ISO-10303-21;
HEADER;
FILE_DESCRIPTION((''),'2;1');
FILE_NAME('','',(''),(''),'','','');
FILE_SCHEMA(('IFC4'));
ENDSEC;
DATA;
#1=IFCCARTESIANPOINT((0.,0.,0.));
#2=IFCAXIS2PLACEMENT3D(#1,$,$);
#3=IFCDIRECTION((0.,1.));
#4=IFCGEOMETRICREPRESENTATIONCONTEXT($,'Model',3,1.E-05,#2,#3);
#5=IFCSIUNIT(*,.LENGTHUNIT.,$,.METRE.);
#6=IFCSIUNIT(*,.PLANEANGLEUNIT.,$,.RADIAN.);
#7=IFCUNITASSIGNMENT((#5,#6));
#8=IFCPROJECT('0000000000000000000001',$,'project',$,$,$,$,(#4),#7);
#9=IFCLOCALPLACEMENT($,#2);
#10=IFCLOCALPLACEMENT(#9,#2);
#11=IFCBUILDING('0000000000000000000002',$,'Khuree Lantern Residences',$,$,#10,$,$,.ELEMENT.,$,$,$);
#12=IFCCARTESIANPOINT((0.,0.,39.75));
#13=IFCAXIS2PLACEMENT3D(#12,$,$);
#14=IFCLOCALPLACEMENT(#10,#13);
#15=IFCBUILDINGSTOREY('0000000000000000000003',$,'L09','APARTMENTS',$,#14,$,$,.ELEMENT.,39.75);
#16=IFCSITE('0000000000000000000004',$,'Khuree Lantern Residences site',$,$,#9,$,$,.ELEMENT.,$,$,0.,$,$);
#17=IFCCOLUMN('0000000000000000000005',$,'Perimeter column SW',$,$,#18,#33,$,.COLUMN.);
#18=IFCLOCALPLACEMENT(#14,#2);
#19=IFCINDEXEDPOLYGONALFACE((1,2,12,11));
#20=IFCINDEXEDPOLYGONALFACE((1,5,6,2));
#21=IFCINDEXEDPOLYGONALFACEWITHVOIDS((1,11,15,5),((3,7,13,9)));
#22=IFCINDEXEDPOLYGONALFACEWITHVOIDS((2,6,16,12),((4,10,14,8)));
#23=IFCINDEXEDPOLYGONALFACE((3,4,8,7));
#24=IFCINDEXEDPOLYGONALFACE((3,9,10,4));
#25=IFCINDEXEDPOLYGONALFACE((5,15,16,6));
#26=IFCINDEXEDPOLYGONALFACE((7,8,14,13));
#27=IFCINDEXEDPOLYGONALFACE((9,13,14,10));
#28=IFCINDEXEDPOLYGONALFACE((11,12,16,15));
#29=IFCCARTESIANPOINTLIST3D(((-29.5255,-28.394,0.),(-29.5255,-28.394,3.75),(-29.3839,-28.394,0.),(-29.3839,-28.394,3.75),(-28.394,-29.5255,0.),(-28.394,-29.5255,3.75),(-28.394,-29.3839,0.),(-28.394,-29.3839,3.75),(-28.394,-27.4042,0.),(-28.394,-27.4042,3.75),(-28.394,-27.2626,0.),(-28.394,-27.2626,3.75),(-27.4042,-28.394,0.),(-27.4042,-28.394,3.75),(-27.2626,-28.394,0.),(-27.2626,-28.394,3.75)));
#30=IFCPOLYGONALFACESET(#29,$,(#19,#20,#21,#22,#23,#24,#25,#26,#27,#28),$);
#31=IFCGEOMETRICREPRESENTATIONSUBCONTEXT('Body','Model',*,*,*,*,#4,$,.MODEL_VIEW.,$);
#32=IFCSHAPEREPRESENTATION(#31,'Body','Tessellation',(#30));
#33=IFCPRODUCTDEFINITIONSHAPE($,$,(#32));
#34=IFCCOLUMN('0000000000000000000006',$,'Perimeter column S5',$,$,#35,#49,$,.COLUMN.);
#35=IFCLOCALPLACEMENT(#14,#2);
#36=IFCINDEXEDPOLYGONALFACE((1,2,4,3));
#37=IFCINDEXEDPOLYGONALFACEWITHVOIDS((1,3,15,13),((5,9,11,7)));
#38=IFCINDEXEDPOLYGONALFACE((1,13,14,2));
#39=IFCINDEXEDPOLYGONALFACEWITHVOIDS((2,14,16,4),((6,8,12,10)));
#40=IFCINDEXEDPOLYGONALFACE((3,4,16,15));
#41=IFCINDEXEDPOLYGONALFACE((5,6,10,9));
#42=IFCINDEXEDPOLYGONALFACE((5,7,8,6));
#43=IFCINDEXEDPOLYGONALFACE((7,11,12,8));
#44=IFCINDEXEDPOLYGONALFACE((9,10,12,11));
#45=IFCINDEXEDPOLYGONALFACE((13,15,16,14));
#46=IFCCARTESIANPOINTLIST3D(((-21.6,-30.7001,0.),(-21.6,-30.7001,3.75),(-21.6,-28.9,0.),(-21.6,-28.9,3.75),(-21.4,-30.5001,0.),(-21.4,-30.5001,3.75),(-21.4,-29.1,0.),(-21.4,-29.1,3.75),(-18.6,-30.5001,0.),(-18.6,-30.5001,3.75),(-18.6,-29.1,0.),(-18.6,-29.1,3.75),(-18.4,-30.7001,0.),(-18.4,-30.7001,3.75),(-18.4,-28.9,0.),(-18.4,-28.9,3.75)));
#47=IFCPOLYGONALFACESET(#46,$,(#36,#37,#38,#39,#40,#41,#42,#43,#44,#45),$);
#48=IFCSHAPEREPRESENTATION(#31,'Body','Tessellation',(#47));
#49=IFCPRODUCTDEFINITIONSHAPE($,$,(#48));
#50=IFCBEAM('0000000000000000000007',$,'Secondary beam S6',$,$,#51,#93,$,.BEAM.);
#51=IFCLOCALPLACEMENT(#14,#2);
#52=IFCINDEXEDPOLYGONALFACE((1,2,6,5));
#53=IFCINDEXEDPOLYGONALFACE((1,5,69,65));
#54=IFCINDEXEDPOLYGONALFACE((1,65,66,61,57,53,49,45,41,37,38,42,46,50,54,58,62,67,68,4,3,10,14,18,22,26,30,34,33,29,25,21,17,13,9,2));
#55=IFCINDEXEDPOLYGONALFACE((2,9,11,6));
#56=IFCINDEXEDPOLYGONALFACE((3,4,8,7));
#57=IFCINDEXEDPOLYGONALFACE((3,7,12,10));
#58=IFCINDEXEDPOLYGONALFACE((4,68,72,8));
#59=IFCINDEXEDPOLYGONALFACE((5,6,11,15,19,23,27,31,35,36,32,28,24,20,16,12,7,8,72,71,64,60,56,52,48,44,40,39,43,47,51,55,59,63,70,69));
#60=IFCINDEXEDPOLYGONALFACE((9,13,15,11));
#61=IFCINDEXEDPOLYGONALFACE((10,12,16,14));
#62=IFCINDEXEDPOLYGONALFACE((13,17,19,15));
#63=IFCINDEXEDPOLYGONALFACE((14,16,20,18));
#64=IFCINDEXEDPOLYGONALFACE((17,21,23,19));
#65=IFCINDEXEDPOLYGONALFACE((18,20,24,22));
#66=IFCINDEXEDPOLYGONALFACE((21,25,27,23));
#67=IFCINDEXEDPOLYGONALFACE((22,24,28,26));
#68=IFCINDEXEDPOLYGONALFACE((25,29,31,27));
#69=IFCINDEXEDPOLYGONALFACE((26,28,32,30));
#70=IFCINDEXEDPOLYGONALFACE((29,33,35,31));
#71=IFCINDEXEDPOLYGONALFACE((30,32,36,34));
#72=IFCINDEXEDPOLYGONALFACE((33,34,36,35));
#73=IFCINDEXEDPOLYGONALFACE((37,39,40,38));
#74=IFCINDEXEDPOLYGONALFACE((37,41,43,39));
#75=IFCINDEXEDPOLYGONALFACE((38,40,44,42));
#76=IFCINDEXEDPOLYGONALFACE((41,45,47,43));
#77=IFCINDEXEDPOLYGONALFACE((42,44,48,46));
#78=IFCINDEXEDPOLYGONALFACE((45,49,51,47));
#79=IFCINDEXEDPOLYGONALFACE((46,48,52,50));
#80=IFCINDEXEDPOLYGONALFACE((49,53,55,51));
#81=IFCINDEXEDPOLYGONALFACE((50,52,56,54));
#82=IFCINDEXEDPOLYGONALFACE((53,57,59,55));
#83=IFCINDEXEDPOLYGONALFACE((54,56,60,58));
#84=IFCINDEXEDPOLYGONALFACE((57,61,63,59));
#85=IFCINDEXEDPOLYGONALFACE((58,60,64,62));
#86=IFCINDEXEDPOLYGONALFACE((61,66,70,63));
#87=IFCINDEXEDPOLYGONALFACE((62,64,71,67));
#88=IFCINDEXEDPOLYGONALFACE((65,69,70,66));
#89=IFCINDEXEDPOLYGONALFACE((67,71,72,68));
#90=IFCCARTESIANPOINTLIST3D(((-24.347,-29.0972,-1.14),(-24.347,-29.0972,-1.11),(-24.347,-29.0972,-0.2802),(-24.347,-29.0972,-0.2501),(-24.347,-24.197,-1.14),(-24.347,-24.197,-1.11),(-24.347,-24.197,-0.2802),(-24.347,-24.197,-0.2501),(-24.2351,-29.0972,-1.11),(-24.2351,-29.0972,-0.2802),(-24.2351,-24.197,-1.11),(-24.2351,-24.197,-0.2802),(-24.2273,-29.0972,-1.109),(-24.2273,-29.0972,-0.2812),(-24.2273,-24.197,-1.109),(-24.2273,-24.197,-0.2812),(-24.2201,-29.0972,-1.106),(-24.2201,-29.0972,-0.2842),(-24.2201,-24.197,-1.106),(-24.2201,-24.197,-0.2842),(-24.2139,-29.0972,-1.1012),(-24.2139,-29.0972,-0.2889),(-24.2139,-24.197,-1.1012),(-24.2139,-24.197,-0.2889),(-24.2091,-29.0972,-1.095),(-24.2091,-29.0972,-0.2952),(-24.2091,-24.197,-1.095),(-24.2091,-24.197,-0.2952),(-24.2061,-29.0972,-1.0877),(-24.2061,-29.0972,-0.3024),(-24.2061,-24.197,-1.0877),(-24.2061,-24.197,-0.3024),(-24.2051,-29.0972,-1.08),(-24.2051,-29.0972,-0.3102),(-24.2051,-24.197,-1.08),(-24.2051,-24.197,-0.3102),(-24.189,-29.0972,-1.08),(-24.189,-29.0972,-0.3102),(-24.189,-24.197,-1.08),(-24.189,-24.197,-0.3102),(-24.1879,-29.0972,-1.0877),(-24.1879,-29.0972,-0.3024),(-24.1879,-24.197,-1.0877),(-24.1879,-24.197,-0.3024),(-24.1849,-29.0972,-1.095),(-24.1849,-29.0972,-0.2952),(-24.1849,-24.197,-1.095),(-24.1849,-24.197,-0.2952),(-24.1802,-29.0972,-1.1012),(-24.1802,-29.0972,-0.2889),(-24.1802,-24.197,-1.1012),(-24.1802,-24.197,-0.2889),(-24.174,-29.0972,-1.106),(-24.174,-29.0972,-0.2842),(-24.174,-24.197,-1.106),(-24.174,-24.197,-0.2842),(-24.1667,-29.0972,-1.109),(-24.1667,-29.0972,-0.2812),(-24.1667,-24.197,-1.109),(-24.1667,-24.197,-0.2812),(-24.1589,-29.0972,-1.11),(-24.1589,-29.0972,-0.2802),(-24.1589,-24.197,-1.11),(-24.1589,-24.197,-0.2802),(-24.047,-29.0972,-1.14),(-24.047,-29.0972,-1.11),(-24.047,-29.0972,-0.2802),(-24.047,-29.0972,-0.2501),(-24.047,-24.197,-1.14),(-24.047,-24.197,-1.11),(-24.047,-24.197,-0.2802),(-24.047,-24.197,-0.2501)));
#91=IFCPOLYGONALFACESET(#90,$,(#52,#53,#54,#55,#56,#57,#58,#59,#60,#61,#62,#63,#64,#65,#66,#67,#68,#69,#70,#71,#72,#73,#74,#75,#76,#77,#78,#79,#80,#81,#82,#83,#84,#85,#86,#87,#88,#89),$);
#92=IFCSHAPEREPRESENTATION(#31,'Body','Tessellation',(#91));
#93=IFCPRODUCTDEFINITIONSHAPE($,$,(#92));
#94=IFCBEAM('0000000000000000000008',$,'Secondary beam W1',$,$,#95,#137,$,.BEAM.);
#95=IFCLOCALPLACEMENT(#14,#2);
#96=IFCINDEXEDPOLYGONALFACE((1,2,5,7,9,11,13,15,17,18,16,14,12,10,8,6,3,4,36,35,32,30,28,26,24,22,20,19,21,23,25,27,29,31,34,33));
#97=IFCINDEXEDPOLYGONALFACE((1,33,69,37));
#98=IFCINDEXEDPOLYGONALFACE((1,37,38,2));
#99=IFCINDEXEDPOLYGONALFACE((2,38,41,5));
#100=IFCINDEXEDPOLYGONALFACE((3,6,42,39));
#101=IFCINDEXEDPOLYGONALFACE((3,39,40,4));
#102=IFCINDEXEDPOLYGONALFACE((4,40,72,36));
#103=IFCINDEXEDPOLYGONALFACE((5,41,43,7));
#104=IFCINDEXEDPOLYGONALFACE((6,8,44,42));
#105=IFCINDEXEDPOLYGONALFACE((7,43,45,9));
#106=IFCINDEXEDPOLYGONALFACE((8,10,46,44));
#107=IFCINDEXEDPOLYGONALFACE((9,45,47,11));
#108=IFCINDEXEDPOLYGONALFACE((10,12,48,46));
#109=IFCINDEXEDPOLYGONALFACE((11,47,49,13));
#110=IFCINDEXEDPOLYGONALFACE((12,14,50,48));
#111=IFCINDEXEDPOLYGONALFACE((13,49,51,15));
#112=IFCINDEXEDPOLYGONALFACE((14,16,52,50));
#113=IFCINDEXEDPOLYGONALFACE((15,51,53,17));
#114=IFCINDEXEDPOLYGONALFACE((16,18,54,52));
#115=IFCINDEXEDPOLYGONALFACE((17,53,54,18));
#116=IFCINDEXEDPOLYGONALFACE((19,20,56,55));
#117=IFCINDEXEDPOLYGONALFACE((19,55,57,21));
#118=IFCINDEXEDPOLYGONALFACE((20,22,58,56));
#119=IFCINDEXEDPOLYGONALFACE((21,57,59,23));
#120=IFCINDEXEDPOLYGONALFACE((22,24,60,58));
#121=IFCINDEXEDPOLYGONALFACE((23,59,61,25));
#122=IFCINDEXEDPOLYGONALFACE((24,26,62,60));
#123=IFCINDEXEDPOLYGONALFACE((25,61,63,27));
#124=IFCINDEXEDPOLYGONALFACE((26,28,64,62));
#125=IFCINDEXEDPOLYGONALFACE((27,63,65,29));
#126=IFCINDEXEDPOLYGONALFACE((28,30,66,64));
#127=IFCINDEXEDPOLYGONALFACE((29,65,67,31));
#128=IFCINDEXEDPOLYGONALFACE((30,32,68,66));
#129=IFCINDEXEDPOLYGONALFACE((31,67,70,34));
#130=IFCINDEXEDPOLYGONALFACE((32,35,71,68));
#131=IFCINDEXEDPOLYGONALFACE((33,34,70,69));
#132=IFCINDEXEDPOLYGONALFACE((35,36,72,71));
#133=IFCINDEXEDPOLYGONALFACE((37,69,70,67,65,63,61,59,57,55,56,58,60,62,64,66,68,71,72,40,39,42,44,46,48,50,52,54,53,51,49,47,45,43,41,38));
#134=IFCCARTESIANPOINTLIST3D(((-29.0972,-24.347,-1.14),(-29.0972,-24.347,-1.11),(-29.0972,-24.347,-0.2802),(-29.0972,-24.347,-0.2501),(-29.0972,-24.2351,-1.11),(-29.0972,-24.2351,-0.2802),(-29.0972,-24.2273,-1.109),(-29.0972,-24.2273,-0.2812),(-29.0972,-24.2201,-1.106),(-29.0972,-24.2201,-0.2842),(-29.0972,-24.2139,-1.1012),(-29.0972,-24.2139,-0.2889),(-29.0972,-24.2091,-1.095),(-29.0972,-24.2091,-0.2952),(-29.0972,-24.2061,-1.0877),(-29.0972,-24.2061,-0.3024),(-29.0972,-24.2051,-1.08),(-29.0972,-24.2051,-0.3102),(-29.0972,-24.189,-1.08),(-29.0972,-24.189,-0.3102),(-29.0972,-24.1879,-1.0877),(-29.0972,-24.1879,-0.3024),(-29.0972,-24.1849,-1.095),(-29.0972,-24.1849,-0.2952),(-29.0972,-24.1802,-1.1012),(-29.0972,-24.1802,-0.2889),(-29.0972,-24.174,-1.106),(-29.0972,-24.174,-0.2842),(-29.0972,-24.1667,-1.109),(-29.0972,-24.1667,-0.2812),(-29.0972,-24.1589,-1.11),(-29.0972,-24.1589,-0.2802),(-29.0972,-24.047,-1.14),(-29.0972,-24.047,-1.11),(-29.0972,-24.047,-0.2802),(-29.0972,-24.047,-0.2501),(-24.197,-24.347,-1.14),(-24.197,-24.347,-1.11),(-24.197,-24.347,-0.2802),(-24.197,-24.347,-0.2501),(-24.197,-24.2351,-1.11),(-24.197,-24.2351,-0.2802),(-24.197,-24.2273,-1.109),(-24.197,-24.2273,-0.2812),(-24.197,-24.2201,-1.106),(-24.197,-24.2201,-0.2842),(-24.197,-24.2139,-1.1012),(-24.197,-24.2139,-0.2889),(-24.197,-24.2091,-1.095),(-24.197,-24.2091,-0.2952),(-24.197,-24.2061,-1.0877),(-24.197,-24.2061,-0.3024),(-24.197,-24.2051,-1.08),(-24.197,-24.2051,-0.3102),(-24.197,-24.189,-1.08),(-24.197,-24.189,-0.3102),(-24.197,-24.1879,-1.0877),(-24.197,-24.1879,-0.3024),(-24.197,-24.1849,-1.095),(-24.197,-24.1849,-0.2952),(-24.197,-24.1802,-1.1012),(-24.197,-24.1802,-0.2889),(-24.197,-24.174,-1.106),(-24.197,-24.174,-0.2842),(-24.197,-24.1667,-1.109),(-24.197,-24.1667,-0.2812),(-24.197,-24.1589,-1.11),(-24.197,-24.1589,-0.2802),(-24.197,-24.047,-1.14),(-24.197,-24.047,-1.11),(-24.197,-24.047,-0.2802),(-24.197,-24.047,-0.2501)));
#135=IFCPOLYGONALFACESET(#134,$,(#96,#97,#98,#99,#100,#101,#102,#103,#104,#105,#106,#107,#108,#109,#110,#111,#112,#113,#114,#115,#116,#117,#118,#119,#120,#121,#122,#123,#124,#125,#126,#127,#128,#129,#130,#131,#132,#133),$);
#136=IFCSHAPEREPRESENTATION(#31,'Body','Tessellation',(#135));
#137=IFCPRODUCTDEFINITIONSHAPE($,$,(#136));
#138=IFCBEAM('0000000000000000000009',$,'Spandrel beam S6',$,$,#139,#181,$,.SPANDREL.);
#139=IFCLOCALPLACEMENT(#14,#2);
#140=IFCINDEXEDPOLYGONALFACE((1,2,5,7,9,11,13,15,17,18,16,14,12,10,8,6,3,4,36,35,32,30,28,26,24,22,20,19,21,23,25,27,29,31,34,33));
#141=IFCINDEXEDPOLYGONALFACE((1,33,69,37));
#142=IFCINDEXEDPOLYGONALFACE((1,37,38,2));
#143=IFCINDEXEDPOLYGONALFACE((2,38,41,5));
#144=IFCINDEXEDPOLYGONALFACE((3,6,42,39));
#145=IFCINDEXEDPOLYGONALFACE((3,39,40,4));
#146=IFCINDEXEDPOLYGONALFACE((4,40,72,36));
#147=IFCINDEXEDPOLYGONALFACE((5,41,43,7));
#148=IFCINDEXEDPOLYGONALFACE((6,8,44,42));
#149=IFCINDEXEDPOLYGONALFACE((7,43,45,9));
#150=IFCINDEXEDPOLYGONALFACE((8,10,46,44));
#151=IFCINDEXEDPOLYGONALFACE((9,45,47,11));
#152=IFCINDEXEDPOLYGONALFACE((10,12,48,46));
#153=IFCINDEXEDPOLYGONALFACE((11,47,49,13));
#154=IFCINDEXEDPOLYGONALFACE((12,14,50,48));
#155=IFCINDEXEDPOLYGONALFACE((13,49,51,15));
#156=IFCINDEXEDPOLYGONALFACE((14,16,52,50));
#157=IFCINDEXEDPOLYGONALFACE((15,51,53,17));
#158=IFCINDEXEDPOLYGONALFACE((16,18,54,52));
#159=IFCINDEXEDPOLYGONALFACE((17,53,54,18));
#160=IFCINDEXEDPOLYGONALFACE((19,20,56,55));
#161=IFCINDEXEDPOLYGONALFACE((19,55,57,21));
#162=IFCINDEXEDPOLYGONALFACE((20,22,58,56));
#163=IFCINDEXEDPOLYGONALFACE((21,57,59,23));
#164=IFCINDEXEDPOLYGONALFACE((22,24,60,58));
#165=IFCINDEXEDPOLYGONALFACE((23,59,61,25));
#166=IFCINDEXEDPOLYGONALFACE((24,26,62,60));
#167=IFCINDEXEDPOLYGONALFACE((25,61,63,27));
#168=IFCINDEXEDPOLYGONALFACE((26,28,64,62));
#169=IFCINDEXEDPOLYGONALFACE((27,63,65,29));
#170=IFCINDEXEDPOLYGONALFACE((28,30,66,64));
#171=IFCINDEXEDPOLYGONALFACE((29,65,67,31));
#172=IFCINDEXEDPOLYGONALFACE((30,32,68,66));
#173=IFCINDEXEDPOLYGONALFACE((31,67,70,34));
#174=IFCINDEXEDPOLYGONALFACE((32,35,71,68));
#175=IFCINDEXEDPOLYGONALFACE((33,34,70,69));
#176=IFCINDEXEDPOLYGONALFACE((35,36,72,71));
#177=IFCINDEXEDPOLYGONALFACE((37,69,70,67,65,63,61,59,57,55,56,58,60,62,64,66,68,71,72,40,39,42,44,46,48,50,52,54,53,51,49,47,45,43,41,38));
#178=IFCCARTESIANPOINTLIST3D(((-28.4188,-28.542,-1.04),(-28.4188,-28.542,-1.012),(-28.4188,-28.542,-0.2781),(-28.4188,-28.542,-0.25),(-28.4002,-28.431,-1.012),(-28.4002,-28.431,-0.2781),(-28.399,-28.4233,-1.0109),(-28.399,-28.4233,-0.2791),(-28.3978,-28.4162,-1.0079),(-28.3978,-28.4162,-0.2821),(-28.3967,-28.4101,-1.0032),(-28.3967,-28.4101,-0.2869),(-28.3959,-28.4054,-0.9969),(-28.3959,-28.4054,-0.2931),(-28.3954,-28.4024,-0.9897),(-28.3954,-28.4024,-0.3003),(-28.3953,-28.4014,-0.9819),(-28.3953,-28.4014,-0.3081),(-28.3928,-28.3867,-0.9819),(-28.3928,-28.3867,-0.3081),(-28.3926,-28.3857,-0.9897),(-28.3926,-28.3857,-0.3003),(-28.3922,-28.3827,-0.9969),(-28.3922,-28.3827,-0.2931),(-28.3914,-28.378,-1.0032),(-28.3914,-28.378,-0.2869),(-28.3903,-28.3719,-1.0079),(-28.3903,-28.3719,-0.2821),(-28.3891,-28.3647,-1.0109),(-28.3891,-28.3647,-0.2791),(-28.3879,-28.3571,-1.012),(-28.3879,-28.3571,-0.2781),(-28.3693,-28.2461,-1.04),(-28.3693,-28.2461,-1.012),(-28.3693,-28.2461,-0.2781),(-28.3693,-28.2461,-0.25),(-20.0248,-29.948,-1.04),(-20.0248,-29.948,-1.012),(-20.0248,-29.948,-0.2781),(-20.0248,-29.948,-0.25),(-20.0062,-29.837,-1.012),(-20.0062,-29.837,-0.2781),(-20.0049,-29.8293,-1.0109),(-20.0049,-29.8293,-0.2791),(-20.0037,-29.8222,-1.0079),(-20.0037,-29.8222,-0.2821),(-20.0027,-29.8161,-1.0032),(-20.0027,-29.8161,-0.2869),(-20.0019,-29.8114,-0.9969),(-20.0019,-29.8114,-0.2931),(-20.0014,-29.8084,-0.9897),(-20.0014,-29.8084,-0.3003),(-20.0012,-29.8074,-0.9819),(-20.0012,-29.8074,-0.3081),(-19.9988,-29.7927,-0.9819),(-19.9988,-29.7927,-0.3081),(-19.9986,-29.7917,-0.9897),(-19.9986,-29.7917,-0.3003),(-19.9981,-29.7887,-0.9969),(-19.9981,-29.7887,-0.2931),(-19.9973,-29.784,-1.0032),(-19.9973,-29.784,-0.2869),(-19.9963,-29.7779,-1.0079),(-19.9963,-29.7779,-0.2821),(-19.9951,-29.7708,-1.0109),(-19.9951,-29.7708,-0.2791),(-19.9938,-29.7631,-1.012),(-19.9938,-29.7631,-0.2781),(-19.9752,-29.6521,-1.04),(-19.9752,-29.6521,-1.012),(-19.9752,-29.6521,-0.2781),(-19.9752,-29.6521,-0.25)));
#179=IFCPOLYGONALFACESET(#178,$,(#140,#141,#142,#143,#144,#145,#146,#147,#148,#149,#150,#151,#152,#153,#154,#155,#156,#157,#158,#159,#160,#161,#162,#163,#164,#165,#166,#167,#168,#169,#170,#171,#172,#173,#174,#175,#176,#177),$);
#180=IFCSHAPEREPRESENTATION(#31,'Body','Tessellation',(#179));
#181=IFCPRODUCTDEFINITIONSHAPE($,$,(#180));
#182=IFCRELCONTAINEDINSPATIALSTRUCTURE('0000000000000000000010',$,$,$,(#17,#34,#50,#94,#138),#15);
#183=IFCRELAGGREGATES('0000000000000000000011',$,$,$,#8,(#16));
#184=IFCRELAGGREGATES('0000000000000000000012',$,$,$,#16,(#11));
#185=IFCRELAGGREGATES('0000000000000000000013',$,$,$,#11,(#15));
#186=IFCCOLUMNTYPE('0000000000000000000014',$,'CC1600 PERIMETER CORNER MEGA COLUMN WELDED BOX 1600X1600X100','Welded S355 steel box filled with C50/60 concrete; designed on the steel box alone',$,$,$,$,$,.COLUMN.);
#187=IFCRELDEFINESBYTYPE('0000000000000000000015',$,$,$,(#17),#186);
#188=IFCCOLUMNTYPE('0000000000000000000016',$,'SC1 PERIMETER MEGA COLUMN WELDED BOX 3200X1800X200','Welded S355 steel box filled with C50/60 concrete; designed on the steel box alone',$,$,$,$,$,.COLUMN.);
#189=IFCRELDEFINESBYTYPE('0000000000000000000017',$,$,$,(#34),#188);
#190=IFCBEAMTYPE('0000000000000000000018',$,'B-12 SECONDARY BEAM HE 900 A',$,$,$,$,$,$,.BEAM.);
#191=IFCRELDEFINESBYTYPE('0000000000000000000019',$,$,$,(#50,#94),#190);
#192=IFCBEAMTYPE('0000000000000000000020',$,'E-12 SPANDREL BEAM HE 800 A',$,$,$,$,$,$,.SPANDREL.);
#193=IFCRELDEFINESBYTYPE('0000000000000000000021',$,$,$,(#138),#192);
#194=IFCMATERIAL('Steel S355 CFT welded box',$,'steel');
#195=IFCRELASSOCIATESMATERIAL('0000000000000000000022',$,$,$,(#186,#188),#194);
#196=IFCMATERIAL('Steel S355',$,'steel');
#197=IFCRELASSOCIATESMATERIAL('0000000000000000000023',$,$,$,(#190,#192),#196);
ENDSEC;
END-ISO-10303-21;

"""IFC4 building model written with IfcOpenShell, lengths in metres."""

from ifc_helpers import new_model, si_unit, direction, frame, origin, origin_2d, place, context, subcontext, project, spatial, hollow_rectangle, i_section, extrude, material, material_profile, profile_set, type_object, element, save


model = new_model("IFC4")

# Units and contexts
model_context = context("Model", 3, precision=1e-05, world=origin(), true_north=direction((0.0, 1.0)))
body_context = subcontext(model_context, "Body", "Model", "MODEL_VIEW")
ifc_project = project(units=[si_unit("LENGTHUNIT", "METRE"), si_unit("PLANEANGLEUNIT", "RADIAN")], contexts=[model_context])

# Site, building, storey
site_placement = place(None, origin())
site = spatial("IfcSite", under=ifc_project, at=site_placement, Name="Khuree Lantern Residences site", CompositionType="ELEMENT", RefElevation=0.0)
building_placement = place(site_placement, origin())
building = spatial("IfcBuilding", under=site, at=building_placement, Name="Khuree Lantern Residences", CompositionType="ELEMENT")
storey_placement = place(building_placement, frame((0.0, 0.0, 39.75)))
storey = spatial("IfcBuildingStorey", under=building, at=storey_placement, Name="L09", Description="APARTMENTS", CompositionType="ELEMENT", Elevation=39.75)

# Columns
ifc_material_1 = material(Name="Steel S355 CFT welded box", Category="steel")
ifc_material_profile_1 = material_profile(ifc_material_1, hollow_rectangle(XDim=1.6001, YDim=1.6001, WallThickness=0.1001, at=origin_2d()), Name="WELDED BOX 1600X1600X100")
ifc_profile_set_1 = profile_set([ifc_material_profile_1], Name="Steel S355 CFT welded box")
column_type_1 = type_object("IfcColumnType", Name="CC1600 PERIMETER CORNER MEGA COLUMN WELDED BOX 1600X1600X100", Description="Welded S355 steel box filled with C50/60 concrete; designed on the steel box alone", PredefinedType="COLUMN", material=ifc_profile_set_1)
column_1_placement = place(storey_placement, frame((-28.394, -28.394, 0.0), z_axis=(0.0, 0.0, 1.0), x_axis=(0.707107, -0.707107, 0.0)))
element("IfcColumn", 1, at=column_1_placement, inside=storey, type_object=column_type_1, Name="Perimeter column SW", PredefinedType="COLUMN", context=body_context, shape_type="SweptSolid", body=[
    extrude(hollow_rectangle(XDim=1.6001, YDim=1.6001, WallThickness=0.1001, at=origin_2d()), origin(), (0.0, 0.0, 1.0), 3.75),
])
ifc_material_profile_2 = material_profile(ifc_material_1, hollow_rectangle(XDim=3.2, YDim=1.8, WallThickness=0.2, at=origin_2d()), Name="WELDED BOX 3200X1800X200")
ifc_profile_set_2 = profile_set([ifc_material_profile_2], Name="Steel S355 CFT welded box")
column_type_2 = type_object("IfcColumnType", Name="SC1 PERIMETER MEGA COLUMN WELDED BOX 3200X1800X200", Description="Welded S355 steel box filled with C50/60 concrete; designed on the steel box alone", PredefinedType="COLUMN", material=ifc_profile_set_2)
column_2_placement = place(storey_placement, frame((-20.0, -29.8, 0.0), z_axis=(0.0, 0.0, 1.0), x_axis=(1.0, 0.0, 0.0)))
element("IfcColumn", 2, at=column_2_placement, inside=storey, type_object=column_type_2, Name="Perimeter column S5", PredefinedType="COLUMN", context=body_context, shape_type="SweptSolid", body=[
    extrude(hollow_rectangle(XDim=3.2, YDim=1.8, WallThickness=0.2, at=origin_2d()), origin(), (0.0, 0.0, 1.0), 3.75),
])

# Beams
ifc_material_2 = material(Name="Steel S355", Category="steel")
ifc_material_profile_3 = material_profile(ifc_material_2, i_section(OverallWidth=0.3, OverallDepth=0.8899, WebThickness=0.0161, FlangeThickness=0.03, FilletRadius=0.03, at=origin_2d()), Name="HE 900 A")
ifc_profile_set_3 = profile_set([ifc_material_profile_3], Name="Steel S355")
beam_type_1 = type_object("IfcBeamType", Name="B-12 SECONDARY BEAM HE 900 A", PredefinedType="BEAM", material=ifc_profile_set_3)
for number, where, z_axis, x_axis, name in (
    (3, (-24.197, -29.0972, -0.6951), (0.0, 1.0, 0.0), (-1.0, 0.0, 0.0), "Secondary beam S6"),
    (4, (-29.0972, -24.197, -0.6951), (1.0, 0.0, 0.0), (0.0, 1.0, 0.0), "Secondary beam W1"),
):
    element("IfcBeam", number, at=place(storey_placement, frame(where, z_axis=z_axis, x_axis=x_axis)), inside=storey, type_object=beam_type_1, Name=name, PredefinedType="BEAM", context=body_context, shape_type="SweptSolid", body=[
        extrude(i_section(OverallWidth=0.3, OverallDepth=0.8899, WebThickness=0.0161, FlangeThickness=0.03, FilletRadius=0.03, at=origin_2d()), origin(), (0.0, 0.0, 1.0), 4.9001),
    ])
ifc_material_profile_4 = material_profile(ifc_material_2, i_section(OverallWidth=0.3, OverallDepth=0.79, WebThickness=0.0149, FlangeThickness=0.0281, FilletRadius=0.03, at=origin_2d()), Name="HE 800 A")
ifc_profile_set_4 = profile_set([ifc_material_profile_4], Name="Steel S355")
beam_type_2 = type_object("IfcBeamType", Name="E-12 SPANDREL BEAM HE 800 A", PredefinedType="SPANDREL", material=ifc_profile_set_4)
for number, where, z_axis, x_axis, name in (
    (5, (-20.0, -29.8, -0.645), (-0.98626, 0.165199, 0.0), (-0.165199, -0.98626, 0.0), "Spandrel beam S6"),
):
    element("IfcBeam", number, at=place(storey_placement, frame(where, z_axis=z_axis, x_axis=x_axis)), inside=storey, type_object=beam_type_2, Name=name, PredefinedType="SPANDREL", context=body_context, shape_type="SweptSolid", body=[
        extrude(i_section(OverallWidth=0.3, OverallDepth=0.79, WebThickness=0.0149, FlangeThickness=0.0281, FilletRadius=0.03, at=origin_2d()), origin(), (0.0, 0.0, 1.0), 8.511),
    ])

save(model, "model.ifc")
